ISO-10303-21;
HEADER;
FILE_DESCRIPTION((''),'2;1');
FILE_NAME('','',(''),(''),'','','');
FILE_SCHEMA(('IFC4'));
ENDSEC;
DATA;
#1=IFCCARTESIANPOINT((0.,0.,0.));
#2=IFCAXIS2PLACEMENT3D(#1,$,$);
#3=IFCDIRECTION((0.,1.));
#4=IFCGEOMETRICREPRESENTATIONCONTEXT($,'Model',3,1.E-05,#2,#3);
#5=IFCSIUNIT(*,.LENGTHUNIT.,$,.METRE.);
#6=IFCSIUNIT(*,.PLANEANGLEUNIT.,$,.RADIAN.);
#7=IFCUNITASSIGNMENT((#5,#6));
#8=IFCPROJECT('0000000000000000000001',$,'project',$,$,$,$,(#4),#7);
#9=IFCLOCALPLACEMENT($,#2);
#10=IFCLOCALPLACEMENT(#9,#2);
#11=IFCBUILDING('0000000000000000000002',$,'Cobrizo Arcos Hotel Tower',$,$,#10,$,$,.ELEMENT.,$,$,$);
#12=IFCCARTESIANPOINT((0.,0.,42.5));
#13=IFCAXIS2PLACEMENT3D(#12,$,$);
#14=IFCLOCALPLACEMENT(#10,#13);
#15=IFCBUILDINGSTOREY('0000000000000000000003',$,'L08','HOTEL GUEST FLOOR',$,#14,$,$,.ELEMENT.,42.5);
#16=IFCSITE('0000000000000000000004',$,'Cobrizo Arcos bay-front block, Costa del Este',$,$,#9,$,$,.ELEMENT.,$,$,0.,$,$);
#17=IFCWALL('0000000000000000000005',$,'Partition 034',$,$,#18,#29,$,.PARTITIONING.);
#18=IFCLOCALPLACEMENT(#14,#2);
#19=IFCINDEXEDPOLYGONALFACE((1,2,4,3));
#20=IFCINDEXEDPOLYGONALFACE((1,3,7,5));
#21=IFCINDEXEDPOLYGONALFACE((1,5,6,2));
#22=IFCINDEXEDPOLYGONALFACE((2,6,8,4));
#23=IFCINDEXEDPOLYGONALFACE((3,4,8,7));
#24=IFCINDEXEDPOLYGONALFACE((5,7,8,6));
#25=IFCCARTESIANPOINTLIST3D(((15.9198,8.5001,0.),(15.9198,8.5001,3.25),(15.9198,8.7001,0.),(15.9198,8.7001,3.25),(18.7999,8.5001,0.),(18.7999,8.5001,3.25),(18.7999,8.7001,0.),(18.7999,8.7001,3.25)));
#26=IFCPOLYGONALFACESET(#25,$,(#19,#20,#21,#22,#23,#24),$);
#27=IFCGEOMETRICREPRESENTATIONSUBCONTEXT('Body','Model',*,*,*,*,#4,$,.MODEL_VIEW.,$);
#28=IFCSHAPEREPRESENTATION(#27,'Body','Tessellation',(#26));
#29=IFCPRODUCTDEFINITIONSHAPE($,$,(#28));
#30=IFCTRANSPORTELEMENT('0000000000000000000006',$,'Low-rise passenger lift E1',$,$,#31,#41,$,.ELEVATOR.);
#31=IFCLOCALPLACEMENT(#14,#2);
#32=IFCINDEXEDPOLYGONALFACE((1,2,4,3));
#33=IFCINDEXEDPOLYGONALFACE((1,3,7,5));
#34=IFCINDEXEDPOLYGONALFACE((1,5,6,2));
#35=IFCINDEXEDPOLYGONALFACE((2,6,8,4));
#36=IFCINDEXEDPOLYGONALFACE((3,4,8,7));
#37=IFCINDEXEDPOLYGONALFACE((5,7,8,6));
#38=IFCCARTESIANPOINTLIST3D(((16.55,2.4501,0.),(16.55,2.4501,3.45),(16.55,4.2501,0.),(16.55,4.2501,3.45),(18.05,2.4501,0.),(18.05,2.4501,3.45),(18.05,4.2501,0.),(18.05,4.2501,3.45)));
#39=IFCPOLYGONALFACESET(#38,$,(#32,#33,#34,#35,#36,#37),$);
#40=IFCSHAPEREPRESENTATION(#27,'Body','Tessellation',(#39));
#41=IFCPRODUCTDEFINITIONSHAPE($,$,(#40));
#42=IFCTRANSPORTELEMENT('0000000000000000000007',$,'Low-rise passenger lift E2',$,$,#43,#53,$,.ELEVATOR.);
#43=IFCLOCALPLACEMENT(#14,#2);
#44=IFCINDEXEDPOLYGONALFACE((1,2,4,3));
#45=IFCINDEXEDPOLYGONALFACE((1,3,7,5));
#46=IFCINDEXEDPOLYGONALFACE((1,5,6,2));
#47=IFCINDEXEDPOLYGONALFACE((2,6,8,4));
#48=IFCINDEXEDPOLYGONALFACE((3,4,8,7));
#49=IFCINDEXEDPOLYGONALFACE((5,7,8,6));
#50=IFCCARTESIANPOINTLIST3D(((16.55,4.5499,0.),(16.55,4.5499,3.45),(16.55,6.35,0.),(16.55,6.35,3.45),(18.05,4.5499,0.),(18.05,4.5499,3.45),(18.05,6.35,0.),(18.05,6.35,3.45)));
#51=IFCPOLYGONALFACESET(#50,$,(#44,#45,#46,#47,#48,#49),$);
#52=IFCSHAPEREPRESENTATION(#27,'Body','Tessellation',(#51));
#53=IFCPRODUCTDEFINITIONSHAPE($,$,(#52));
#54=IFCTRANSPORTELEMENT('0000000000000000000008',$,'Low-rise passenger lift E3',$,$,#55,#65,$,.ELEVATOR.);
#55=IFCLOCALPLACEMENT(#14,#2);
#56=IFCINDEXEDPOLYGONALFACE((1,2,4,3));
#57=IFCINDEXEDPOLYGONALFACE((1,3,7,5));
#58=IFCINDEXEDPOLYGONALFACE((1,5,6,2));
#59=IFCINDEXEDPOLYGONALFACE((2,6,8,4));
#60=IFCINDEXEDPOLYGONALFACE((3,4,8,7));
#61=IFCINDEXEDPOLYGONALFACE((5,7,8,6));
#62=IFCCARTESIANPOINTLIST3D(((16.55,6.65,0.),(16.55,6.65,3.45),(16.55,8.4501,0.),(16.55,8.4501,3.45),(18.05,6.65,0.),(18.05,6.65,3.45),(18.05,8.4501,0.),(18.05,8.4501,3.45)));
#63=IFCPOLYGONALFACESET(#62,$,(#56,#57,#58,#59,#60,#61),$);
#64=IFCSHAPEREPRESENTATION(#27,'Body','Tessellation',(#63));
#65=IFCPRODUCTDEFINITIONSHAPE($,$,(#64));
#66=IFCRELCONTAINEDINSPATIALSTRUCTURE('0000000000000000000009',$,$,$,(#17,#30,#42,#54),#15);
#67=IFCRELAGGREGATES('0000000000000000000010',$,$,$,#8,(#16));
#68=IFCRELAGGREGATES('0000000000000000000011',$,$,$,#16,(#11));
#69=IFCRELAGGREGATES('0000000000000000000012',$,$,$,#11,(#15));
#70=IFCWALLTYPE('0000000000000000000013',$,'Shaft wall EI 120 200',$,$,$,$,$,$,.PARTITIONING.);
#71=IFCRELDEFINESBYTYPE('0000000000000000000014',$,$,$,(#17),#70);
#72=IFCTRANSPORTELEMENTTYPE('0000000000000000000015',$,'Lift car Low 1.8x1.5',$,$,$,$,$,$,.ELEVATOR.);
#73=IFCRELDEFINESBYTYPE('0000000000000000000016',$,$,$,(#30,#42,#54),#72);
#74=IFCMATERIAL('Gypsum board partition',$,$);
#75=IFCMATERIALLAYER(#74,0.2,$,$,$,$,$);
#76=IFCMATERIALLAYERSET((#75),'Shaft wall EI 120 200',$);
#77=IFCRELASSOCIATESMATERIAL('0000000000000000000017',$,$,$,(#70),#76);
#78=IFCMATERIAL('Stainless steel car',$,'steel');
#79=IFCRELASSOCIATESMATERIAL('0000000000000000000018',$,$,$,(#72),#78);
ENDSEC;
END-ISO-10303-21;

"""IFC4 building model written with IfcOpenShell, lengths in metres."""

from ifc_helpers import new_model, si_unit, direction, frame, frame_2d, origin, origin_2d, place, context, subcontext, project, spatial, rectangle, extrude, material, layer, layer_set, type_object, element, save


model = new_model("IFC4")

# Units and contexts
model_context = context("Model", 3, precision=1e-05, world=origin(), true_north=direction((0.0, 1.0)))
body_context = subcontext(model_context, "Body", "Model", "MODEL_VIEW")
ifc_project = project(units=[si_unit("LENGTHUNIT", "METRE"), si_unit("PLANEANGLEUNIT", "RADIAN")], contexts=[model_context])

# Site, building, storey
site_placement = place(None, origin())
site = spatial("IfcSite", under=ifc_project, at=site_placement, Name="Cobrizo Arcos bay-front block, Costa del Este", CompositionType="ELEMENT", RefElevation=0.0)
building_placement = place(site_placement, origin())
building = spatial("IfcBuilding", under=site, at=building_placement, Name="Cobrizo Arcos Hotel Tower", CompositionType="ELEMENT")
storey_placement = place(building_placement, frame((0.0, 0.0, 42.5)))
storey = spatial("IfcBuildingStorey", under=building, at=storey_placement, Name="L08", Description="HOTEL GUEST FLOOR", CompositionType="ELEMENT", Elevation=42.5)

# Shared definitions
ifc_material_1 = material(Name="Gypsum board partition")

# Wall
ifc_layer_1 = layer(ifc_material_1, 0.2)
ifc_layer_set_1 = layer_set([ifc_layer_1], Name="Shaft wall EI 120 200")
wall_type_1 = type_object("IfcWallType", Name="Shaft wall EI 120 200", PredefinedType="PARTITIONING", material=ifc_layer_set_1)
for number, where, z_axis, x_axis, name in (
    (1, (15.9199, 8.6001, 0.0), (0.0, 0.0, 1.0), (1.0, 0.0, 0.0), "Partition 034"),
):
    element("IfcWall", number, at=place(storey_placement, frame(where, z_axis=z_axis, x_axis=x_axis)), inside=storey, type_object=wall_type_1, Name=name, PredefinedType="PARTITIONING", context=body_context, shape_type="SweptSolid", body=[
        extrude(rectangle(XDim=2.8801, YDim=0.2, at=frame_2d((1.4399, 0.0))), origin(), (0.0, 0.0, 1.0), 3.25),
    ])

# Transport elements
ifc_material_2 = material(Name="Stainless steel car", Category="steel")
transport_element_type = type_object("IfcTransportElementType", Name="Lift car Low 1.8x1.5", PredefinedType="ELEVATOR", material=ifc_material_2)
for number, where, z_axis, x_axis, name in (
    (2, (17.3, 3.3501, 0.0), (0.0, 0.0, 1.0), (1.0, 0.0, 0.0), "Low-rise passenger lift E1"),
    (3, (17.3, 5.45, 0.0), (0.0, 0.0, 1.0), (1.0, 0.0, 0.0), "Low-rise passenger lift E2"),
    (4, (17.3, 7.55, 0.0), (0.0, 0.0, 1.0), (1.0, 0.0, 0.0), "Low-rise passenger lift E3"),
):
    element("IfcTransportElement", number, at=place(storey_placement, frame(where, z_axis=z_axis, x_axis=x_axis)), inside=storey, type_object=transport_element_type, Name=name, PredefinedType="ELEVATOR", context=body_context, shape_type="SweptSolid", body=[
        extrude(rectangle(XDim=1.5, YDim=1.8, at=origin_2d()), origin(), (0.0, 0.0, 1.0), 3.45),
    ])

save(model, "model.ifc")
